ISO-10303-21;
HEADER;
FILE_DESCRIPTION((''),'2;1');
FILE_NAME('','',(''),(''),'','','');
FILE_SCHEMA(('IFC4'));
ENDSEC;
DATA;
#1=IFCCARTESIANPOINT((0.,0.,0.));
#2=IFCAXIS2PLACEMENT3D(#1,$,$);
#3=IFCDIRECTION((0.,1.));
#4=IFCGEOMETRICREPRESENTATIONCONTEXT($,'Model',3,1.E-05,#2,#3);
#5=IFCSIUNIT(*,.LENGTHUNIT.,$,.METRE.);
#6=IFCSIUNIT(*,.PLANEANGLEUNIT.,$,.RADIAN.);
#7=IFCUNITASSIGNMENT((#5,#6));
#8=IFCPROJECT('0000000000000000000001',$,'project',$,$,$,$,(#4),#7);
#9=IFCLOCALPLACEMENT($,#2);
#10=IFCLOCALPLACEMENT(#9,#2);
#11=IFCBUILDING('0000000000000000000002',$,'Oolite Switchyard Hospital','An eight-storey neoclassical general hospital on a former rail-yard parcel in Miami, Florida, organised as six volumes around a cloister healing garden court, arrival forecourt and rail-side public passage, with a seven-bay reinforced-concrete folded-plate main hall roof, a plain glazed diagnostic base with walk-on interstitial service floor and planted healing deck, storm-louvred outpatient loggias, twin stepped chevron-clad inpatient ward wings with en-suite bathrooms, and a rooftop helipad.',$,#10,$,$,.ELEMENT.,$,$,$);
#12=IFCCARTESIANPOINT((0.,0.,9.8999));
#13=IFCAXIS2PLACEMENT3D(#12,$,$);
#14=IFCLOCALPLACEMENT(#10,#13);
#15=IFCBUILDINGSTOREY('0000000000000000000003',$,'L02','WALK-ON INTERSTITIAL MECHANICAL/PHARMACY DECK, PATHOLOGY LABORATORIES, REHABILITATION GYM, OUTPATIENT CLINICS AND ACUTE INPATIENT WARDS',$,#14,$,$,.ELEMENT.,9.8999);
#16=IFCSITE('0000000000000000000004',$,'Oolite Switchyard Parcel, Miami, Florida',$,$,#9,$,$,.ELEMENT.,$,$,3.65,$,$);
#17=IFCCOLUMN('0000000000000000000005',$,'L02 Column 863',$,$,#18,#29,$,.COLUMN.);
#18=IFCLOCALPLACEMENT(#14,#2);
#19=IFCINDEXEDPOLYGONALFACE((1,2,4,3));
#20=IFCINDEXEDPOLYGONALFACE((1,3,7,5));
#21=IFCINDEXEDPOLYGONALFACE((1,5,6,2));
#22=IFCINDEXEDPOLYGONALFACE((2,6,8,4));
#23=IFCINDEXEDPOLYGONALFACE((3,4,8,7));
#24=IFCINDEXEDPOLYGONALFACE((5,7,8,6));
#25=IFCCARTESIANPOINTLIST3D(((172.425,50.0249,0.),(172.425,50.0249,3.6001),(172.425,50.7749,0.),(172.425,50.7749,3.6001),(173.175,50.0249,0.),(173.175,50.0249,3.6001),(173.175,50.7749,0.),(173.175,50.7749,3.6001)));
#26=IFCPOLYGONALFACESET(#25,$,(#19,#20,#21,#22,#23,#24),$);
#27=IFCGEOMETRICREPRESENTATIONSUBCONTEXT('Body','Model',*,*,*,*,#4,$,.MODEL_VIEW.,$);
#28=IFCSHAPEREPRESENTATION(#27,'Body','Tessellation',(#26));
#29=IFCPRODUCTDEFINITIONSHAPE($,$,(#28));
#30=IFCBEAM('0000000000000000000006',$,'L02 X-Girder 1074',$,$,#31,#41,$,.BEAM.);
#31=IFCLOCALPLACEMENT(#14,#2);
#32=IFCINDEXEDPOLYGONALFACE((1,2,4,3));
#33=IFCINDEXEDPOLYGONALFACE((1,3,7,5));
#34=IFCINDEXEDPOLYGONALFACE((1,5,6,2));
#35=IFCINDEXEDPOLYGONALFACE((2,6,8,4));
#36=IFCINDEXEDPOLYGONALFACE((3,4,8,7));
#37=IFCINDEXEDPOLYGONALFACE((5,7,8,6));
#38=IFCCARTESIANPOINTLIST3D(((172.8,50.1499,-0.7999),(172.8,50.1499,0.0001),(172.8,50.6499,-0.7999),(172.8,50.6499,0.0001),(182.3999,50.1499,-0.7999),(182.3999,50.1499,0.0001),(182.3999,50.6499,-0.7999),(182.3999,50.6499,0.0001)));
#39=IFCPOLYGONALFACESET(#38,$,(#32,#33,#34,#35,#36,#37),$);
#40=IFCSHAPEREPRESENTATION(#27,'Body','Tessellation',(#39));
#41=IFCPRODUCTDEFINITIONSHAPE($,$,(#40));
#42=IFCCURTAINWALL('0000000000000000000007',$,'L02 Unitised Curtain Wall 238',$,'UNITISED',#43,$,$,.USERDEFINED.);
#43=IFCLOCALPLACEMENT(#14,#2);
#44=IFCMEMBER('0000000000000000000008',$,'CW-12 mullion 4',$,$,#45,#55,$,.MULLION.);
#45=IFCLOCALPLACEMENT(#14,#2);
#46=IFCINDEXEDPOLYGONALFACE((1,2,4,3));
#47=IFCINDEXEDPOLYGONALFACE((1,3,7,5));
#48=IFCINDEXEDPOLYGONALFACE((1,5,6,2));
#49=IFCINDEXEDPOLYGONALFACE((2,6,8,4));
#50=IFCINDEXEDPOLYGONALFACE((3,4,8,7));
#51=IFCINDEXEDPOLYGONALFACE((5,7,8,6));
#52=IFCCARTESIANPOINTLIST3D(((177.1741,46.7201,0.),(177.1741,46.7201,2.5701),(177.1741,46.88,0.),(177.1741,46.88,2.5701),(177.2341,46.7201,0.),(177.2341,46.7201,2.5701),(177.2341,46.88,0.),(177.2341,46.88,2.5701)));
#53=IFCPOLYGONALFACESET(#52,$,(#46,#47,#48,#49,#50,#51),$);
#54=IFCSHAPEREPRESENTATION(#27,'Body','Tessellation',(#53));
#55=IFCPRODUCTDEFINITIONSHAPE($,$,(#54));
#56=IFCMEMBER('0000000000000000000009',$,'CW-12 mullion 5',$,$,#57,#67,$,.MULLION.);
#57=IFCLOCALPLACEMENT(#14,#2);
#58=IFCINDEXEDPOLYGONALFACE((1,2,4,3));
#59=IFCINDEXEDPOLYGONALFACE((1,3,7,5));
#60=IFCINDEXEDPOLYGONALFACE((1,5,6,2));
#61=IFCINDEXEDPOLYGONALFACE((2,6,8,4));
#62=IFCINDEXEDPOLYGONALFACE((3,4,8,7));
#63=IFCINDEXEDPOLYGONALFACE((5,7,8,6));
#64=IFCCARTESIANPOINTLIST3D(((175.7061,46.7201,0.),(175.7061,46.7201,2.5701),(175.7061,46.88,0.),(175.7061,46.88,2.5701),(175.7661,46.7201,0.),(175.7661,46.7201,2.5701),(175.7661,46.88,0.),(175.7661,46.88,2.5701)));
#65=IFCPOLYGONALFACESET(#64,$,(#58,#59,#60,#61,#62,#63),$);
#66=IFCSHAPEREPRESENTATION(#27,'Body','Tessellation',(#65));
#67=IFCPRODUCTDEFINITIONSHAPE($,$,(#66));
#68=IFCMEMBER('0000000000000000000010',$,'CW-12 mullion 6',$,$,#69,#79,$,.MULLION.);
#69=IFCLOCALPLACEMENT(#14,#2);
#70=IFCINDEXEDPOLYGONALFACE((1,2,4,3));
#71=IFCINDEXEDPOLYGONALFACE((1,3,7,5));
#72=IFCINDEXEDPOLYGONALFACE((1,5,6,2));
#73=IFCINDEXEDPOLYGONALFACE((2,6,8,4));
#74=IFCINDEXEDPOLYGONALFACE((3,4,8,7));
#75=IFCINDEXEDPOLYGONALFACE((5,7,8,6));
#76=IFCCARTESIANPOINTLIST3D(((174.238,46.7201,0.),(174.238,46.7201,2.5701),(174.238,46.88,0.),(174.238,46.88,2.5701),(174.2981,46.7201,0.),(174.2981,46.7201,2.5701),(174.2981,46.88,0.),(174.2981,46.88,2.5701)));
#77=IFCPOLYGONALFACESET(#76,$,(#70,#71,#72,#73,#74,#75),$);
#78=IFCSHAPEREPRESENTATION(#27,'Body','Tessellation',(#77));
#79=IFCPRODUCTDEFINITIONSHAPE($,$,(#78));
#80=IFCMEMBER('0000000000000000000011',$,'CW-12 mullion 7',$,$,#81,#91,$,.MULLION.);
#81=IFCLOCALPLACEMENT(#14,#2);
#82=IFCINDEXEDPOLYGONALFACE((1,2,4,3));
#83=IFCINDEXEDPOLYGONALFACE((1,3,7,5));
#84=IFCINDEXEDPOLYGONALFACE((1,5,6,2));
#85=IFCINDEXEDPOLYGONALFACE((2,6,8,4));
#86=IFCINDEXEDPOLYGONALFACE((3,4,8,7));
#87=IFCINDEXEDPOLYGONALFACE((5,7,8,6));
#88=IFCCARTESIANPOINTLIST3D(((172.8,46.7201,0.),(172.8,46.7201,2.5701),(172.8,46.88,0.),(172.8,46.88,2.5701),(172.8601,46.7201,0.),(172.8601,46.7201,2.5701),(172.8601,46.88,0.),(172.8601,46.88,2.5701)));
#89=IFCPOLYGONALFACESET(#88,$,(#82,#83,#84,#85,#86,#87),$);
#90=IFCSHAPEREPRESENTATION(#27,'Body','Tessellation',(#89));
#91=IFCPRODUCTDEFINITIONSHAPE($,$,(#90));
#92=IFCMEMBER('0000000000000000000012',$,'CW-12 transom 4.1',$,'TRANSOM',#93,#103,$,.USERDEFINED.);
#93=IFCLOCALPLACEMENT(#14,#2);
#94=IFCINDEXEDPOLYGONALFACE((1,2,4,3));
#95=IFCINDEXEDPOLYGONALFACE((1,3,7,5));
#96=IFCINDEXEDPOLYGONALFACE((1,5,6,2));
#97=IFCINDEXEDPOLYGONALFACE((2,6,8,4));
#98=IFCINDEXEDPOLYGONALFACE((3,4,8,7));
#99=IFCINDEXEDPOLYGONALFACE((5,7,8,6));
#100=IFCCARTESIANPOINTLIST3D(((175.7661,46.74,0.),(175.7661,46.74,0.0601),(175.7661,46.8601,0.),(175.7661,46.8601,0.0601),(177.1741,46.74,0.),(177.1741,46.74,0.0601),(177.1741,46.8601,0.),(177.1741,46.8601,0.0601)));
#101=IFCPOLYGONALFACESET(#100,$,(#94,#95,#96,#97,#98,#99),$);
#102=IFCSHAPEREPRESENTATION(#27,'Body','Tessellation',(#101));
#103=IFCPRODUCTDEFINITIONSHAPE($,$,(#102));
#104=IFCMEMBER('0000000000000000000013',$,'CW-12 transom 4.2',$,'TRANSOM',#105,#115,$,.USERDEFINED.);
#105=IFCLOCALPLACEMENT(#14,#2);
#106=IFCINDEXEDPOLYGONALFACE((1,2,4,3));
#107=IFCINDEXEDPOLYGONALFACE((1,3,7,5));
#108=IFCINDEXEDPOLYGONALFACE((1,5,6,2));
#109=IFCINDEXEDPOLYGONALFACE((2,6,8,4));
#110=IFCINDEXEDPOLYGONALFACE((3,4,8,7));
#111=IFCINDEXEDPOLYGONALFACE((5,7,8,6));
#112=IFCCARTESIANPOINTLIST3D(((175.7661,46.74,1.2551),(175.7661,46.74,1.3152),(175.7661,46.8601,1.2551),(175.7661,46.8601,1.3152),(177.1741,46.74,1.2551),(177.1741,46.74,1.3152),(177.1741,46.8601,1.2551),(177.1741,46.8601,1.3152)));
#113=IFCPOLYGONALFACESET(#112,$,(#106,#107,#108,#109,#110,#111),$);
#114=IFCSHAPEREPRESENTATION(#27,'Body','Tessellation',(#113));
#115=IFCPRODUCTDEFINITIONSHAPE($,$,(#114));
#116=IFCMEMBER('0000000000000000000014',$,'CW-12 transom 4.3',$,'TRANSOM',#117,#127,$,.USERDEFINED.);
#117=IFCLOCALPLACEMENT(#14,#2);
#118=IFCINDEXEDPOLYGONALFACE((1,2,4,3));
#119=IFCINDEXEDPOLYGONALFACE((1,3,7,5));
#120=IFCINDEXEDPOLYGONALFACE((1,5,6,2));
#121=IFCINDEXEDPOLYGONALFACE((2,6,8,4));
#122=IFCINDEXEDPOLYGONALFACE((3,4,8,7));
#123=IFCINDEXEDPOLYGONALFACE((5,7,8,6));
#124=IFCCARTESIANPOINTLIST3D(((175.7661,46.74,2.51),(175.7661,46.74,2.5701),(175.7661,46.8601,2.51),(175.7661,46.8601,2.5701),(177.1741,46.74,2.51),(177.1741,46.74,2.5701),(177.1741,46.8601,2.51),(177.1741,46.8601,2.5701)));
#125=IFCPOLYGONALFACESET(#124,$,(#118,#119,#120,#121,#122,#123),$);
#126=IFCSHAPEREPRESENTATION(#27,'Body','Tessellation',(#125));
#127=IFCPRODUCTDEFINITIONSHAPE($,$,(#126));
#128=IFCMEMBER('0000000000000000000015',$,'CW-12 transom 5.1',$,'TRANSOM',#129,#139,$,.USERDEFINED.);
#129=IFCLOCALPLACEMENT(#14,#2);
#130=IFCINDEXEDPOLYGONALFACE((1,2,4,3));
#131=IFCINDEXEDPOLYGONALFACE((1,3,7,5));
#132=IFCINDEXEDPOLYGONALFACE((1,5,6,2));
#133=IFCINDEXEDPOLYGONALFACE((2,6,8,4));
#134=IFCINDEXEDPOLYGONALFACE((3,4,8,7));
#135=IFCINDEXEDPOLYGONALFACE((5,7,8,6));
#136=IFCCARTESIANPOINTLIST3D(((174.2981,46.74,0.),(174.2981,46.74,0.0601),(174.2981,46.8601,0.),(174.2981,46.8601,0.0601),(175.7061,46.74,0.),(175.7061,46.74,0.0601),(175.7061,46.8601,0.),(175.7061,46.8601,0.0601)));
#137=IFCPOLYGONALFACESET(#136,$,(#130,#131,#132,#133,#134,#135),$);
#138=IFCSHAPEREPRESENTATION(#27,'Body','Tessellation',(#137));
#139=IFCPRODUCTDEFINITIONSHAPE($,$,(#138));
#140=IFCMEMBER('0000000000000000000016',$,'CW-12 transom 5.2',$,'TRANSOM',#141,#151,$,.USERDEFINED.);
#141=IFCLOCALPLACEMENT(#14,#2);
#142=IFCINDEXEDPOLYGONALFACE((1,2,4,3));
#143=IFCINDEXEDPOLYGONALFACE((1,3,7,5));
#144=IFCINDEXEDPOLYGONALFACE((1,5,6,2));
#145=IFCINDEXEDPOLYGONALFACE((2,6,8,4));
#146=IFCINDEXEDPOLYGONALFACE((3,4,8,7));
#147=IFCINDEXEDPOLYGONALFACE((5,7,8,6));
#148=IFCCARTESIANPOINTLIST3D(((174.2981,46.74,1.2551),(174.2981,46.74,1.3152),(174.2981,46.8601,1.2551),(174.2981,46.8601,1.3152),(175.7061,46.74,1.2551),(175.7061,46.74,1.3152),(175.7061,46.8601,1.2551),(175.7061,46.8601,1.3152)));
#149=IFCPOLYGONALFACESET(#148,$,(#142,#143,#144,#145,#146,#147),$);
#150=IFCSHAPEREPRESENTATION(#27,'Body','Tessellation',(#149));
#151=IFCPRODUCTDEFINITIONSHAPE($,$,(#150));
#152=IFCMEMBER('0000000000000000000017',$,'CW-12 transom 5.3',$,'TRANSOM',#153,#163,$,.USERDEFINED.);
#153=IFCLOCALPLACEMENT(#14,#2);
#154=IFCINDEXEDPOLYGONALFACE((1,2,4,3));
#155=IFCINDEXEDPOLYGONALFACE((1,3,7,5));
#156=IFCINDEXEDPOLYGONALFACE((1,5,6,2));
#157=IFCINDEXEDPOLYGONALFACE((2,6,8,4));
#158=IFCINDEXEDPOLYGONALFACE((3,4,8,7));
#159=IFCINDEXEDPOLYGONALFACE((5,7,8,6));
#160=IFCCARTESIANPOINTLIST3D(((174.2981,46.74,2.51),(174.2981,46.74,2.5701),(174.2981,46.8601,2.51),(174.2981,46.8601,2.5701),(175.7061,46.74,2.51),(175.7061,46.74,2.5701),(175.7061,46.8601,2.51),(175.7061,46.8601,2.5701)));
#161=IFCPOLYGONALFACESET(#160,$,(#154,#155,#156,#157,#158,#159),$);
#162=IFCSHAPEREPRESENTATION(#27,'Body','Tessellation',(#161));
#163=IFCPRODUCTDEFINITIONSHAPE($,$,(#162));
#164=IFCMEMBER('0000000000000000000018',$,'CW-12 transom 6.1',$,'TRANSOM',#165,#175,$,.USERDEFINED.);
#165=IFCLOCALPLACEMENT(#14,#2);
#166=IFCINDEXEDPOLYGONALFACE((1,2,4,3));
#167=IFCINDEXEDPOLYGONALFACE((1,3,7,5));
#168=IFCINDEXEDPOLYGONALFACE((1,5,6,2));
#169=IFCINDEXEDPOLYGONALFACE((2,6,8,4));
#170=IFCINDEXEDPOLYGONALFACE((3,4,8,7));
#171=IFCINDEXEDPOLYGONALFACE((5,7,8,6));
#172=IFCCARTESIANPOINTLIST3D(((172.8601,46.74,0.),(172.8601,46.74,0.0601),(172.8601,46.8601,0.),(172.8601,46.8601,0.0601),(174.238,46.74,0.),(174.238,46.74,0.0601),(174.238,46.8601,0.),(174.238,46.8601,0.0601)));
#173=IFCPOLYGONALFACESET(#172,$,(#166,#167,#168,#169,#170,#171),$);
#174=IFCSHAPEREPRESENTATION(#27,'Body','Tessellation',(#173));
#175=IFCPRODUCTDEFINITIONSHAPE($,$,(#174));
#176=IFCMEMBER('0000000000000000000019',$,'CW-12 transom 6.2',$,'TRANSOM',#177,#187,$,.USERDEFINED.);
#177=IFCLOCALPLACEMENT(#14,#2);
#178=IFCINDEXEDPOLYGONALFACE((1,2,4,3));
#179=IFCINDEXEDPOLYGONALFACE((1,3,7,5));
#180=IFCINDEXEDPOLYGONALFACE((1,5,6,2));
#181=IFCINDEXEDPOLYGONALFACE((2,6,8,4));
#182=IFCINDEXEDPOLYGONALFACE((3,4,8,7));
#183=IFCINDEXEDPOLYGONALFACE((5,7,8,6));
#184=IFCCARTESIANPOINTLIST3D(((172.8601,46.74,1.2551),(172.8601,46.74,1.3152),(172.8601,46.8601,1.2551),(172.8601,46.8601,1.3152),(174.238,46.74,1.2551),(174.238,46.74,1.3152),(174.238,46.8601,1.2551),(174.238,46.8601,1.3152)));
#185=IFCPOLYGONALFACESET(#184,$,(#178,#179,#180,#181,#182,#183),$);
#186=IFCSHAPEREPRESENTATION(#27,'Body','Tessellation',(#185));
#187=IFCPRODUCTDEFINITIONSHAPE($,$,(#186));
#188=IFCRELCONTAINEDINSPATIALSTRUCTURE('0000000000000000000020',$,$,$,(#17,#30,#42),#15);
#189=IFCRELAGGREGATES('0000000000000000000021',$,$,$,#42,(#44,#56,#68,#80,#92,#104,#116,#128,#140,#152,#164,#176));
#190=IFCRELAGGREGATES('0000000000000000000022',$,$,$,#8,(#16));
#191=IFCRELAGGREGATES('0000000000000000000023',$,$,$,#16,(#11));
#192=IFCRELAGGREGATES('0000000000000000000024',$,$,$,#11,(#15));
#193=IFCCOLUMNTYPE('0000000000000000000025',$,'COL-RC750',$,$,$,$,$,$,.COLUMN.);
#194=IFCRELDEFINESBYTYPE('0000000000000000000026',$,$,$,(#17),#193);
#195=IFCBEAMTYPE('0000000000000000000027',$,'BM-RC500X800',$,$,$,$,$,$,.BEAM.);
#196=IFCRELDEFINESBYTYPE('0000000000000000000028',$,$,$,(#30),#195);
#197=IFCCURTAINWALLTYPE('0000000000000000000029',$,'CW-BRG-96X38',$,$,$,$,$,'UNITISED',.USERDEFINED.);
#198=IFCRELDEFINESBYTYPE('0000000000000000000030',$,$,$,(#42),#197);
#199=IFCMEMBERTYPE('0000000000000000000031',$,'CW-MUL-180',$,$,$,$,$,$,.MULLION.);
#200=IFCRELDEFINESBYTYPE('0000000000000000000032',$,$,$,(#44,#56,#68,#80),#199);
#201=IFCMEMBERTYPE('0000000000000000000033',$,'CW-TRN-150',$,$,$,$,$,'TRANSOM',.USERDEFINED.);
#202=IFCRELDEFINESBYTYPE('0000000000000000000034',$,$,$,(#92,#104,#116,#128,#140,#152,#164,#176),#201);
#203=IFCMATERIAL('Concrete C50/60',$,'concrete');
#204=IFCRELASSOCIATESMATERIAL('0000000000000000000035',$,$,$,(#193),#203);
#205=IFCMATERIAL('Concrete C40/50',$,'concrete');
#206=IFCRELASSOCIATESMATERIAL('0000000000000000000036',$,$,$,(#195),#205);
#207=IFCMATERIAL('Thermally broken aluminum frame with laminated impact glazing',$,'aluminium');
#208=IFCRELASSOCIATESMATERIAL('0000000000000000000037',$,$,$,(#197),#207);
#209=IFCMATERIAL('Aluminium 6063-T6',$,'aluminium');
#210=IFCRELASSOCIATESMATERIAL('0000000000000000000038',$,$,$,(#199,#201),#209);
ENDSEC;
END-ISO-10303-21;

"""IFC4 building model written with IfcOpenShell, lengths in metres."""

from ifc_helpers import new_model, si_unit, direction, frame, origin, origin_2d, place, context, subcontext, project, spatial, rectangle, extrude, material, material_profile, profile_set, type_object, element, aggregate, save


model = new_model("IFC4")

# Units and contexts
model_context = context("Model", 3, precision=1e-05, world=origin(), true_north=direction((0.0, 1.0)))
body_context = subcontext(model_context, "Body", "Model", "MODEL_VIEW")
ifc_project = project(units=[si_unit("LENGTHUNIT", "METRE"), si_unit("PLANEANGLEUNIT", "RADIAN")], contexts=[model_context])

# Site, building, storey
site_placement = place(None, origin())
site = spatial("IfcSite", under=ifc_project, at=site_placement, Name="Oolite Switchyard Parcel, Miami, Florida", CompositionType="ELEMENT", RefElevation=3.65)
building_placement = place(site_placement, origin())
building = spatial("IfcBuilding", under=site, at=building_placement, Name="Oolite Switchyard Hospital", Description="An eight-storey neoclassical general hospital on a former rail-yard parcel in Miami, Florida, organised as six volumes around a cloister healing garden court, arrival forecourt and rail-side public passage, with a seven-bay reinforced-concrete folded-plate main hall roof, a plain glazed diagnostic base with walk-on interstitial service floor and planted healing deck, storm-louvred outpatient loggias, twin stepped chevron-clad inpatient ward wings with en-suite bathrooms, and a rooftop helipad.", CompositionType="ELEMENT")
storey_placement = place(building_placement, frame((0.0, 0.0, 9.8999)))
storey = spatial("IfcBuildingStorey", under=building, at=storey_placement, Name="L02", Description="WALK-ON INTERSTITIAL MECHANICAL/PHARMACY DECK, PATHOLOGY LABORATORIES, REHABILITATION GYM, OUTPATIENT CLINICS AND ACUTE INPATIENT WARDS", CompositionType="ELEMENT", Elevation=9.8999)

# Column
ifc_material_1 = material(Name="Concrete C50/60", Category="concrete")
ifc_material_profile_1 = material_profile(ifc_material_1, rectangle(XDim=0.75, YDim=0.75, at=origin_2d()), Name="RC750X750")
ifc_profile_set_1 = profile_set([ifc_material_profile_1], Name="Concrete C50/60")
column_type = type_object("IfcColumnType", Name="COL-RC750", PredefinedType="COLUMN", material=ifc_profile_set_1)
column_placement = place(storey_placement, frame((172.8, 50.3999, 0.0), z_axis=(0.0, 0.0, 1.0), x_axis=(1.0, 0.0, 0.0)))
element("IfcColumn", 1, at=column_placement, inside=storey, type_object=column_type, Name="L02 Column 863", PredefinedType="COLUMN", context=body_context, shape_type="SweptSolid", body=[
    extrude(rectangle(XDim=0.75, YDim=0.75, at=origin_2d()), origin(), (0.0, 0.0, 1.0), 3.6001),
])

# Beam
ifc_material_2 = material(Name="Concrete C40/50", Category="concrete")
ifc_material_profile_2 = material_profile(ifc_material_2, rectangle(XDim=0.5, YDim=0.8, at=origin_2d()), Name="RCB500X800")
ifc_profile_set_2 = profile_set([ifc_material_profile_2], Name="Concrete C40/50")
beam_type = type_object("IfcBeamType", Name="BM-RC500X800", PredefinedType="BEAM", material=ifc_profile_set_2)
beam_placement = place(storey_placement, frame((172.8, 50.3999, -0.3999), z_axis=(1.0, 0.0, 0.0), x_axis=(0.0, 1.0, 0.0)))
element("IfcBeam", 2, at=beam_placement, inside=storey, type_object=beam_type, Name="L02 X-Girder 1074", PredefinedType="BEAM", context=body_context, shape_type="SweptSolid", body=[
    extrude(rectangle(XDim=0.5, YDim=0.8, at=origin_2d()), origin(), (0.0, 0.0, 1.0), 9.5999),
])

# Curtain wall, members
ifc_material_3 = material(Name="Thermally broken aluminum frame with laminated impact glazing", Category="aluminium")
curtain_wall_type = type_object("IfcCurtainWallType", Name="CW-BRG-96X38", ElementType="UNITISED", PredefinedType="USERDEFINED", material=ifc_material_3)
curtain_wall_placement = place(storey_placement, origin())
curtain_wall = element("IfcCurtainWall", 3, at=curtain_wall_placement, inside=storey, type_object=curtain_wall_type, Name="L02 Unitised Curtain Wall 238", ObjectType="UNITISED", PredefinedType="USERDEFINED")
ifc_material_4 = material(Name="Aluminium 6063-T6", Category="aluminium")
ifc_material_profile_3 = material_profile(ifc_material_4, rectangle(XDim=0.1599, YDim=0.0601, at=origin_2d()), Name="CWM60X160")
ifc_profile_set_3 = profile_set([ifc_material_profile_3], Name="Aluminium 6063-T6")
member_type_1 = type_object("IfcMemberType", Name="CW-MUL-180", PredefinedType="MULLION", material=ifc_profile_set_3)
member_1_placement = place(storey_placement, frame((177.2041, 46.8, 0.0), z_axis=(0.0, 0.0, 1.0), x_axis=(0.0, -1.0, 0.0)))
member_1 = element("IfcMember", 4, at=member_1_placement, type_object=member_type_1, Name="CW-12 mullion 4", PredefinedType="MULLION", context=body_context, shape_type="SweptSolid", body=[
    extrude(rectangle(XDim=0.1599, YDim=0.0601, at=origin_2d()), origin(), (0.0, 0.0, 1.0), 2.5701),
])
member_2_placement = place(storey_placement, frame((175.7361, 46.8, 0.0), z_axis=(0.0, 0.0, 1.0), x_axis=(0.0, -1.0, 0.0)))
member_2 = element("IfcMember", 5, at=member_2_placement, type_object=member_type_1, Name="CW-12 mullion 5", PredefinedType="MULLION", context=body_context, shape_type="SweptSolid", body=[
    extrude(rectangle(XDim=0.1599, YDim=0.0601, at=origin_2d()), origin(), (0.0, 0.0, 1.0), 2.5701),
])
member_3_placement = place(storey_placement, frame((174.2681, 46.8, 0.0), z_axis=(0.0, 0.0, 1.0), x_axis=(0.0, -1.0, 0.0)))
member_3 = element("IfcMember", 6, at=member_3_placement, type_object=member_type_1, Name="CW-12 mullion 6", PredefinedType="MULLION", context=body_context, shape_type="SweptSolid", body=[
    extrude(rectangle(XDim=0.1599, YDim=0.0601, at=origin_2d()), origin(), (0.0, 0.0, 1.0), 2.5701),
])
member_4_placement = place(storey_placement, frame((172.8301, 46.8, 0.0), z_axis=(0.0, 0.0, 1.0), x_axis=(0.0, -1.0, 0.0)))
member_4 = element("IfcMember", 7, at=member_4_placement, type_object=member_type_1, Name="CW-12 mullion 7", PredefinedType="MULLION", context=body_context, shape_type="SweptSolid", body=[
    extrude(rectangle(XDim=0.1599, YDim=0.0601, at=origin_2d()), origin(), (0.0, 0.0, 1.0), 2.5701),
])
ifc_material_profile_4 = material_profile(ifc_material_4, rectangle(XDim=0.1201, YDim=0.0601, at=origin_2d()), Name="CWT60X120")
ifc_profile_set_4 = profile_set([ifc_material_profile_4], Name="Aluminium 6063-T6")
member_type_2 = type_object("IfcMemberType", Name="CW-TRN-150", ElementType="TRANSOM", PredefinedType="USERDEFINED", material=ifc_profile_set_4)
member_5_placement = place(storey_placement, frame((177.1741, 46.8, 0.03), z_axis=(-1.0, 0.0, 0.0), x_axis=(0.0, -1.0, 0.0)))
member_5 = element("IfcMember", 8, at=member_5_placement, type_object=member_type_2, Name="CW-12 transom 4.1", ObjectType="TRANSOM", PredefinedType="USERDEFINED", context=body_context, shape_type="SweptSolid", body=[
    extrude(rectangle(XDim=0.1201, YDim=0.0601, at=origin_2d()), origin(), (0.0, 0.0, 1.0), 1.408),
])
member_6_placement = place(storey_placement, frame((177.1741, 46.8, 1.2852), z_axis=(-1.0, 0.0, 0.0), x_axis=(0.0, -1.0, 0.0)))
member_6 = element("IfcMember", 9, at=member_6_placement, type_object=member_type_2, Name="CW-12 transom 4.2", ObjectType="TRANSOM", PredefinedType="USERDEFINED", context=body_context, shape_type="SweptSolid", body=[
    extrude(rectangle(XDim=0.1201, YDim=0.0601, at=origin_2d()), origin(), (0.0, 0.0, 1.0), 1.408),
])
member_7_placement = place(storey_placement, frame((177.1741, 46.8, 2.54), z_axis=(-1.0, 0.0, 0.0), x_axis=(0.0, -1.0, 0.0)))
member_7 = element("IfcMember", 10, at=member_7_placement, type_object=member_type_2, Name="CW-12 transom 4.3", ObjectType="TRANSOM", PredefinedType="USERDEFINED", context=body_context, shape_type="SweptSolid", body=[
    extrude(rectangle(XDim=0.1201, YDim=0.0601, at=origin_2d()), origin(), (0.0, 0.0, 1.0), 1.408),
])
member_8_placement = place(storey_placement, frame((175.7061, 46.8, 0.03), z_axis=(-1.0, 0.0, 0.0), x_axis=(0.0, -1.0, 0.0)))
member_8 = element("IfcMember", 11, at=member_8_placement, type_object=member_type_2, Name="CW-12 transom 5.1", ObjectType="TRANSOM", PredefinedType="USERDEFINED", context=body_context, shape_type="SweptSolid", body=[
    extrude(rectangle(XDim=0.1201, YDim=0.0601, at=origin_2d()), origin(), (0.0, 0.0, 1.0), 1.408),
])
member_9_placement = place(storey_placement, frame((175.7061, 46.8, 1.2852), z_axis=(-1.0, 0.0, 0.0), x_axis=(0.0, -1.0, 0.0)))
member_9 = element("IfcMember", 12, at=member_9_placement, type_object=member_type_2, Name="CW-12 transom 5.2", ObjectType="TRANSOM", PredefinedType="USERDEFINED", context=body_context, shape_type="SweptSolid", body=[
    extrude(rectangle(XDim=0.1201, YDim=0.0601, at=origin_2d()), origin(), (0.0, 0.0, 1.0), 1.408),
])
member_10_placement = place(storey_placement, frame((175.7061, 46.8, 2.54), z_axis=(-1.0, 0.0, 0.0), x_axis=(0.0, -1.0, 0.0)))
member_10 = element("IfcMember", 13, at=member_10_placement, type_object=member_type_2, Name="CW-12 transom 5.3", ObjectType="TRANSOM", PredefinedType="USERDEFINED", context=body_context, shape_type="SweptSolid", body=[
    extrude(rectangle(XDim=0.1201, YDim=0.0601, at=origin_2d()), origin(), (0.0, 0.0, 1.0), 1.408),
])
member_11_placement = place(storey_placement, frame((174.238, 46.8, 0.03), z_axis=(-1.0, 0.0, 0.0), x_axis=(0.0, -1.0, 0.0)))
member_11 = element("IfcMember", 14, at=member_11_placement, type_object=member_type_2, Name="CW-12 transom 6.1", ObjectType="TRANSOM", PredefinedType="USERDEFINED", context=body_context, shape_type="SweptSolid", body=[
    extrude(rectangle(XDim=0.1201, YDim=0.0601, at=origin_2d()), origin(), (0.0, 0.0, 1.0), 1.3779),
])
member_12_placement = place(storey_placement, frame((174.238, 46.8, 1.2852), z_axis=(-1.0, 0.0, 0.0), x_axis=(0.0, -1.0, 0.0)))
member_12 = element("IfcMember", 15, at=member_12_placement, type_object=member_type_2, Name="CW-12 transom 6.2", ObjectType="TRANSOM", PredefinedType="USERDEFINED", context=body_context, shape_type="SweptSolid", body=[
    extrude(rectangle(XDim=0.1201, YDim=0.0601, at=origin_2d()), origin(), (0.0, 0.0, 1.0), 1.3779),
])
aggregate(curtain_wall, [member_1, member_2, member_3, member_4, member_5, member_6, member_7, member_8, member_9, member_10, member_11, member_12])

save(model, "model.ifc")
